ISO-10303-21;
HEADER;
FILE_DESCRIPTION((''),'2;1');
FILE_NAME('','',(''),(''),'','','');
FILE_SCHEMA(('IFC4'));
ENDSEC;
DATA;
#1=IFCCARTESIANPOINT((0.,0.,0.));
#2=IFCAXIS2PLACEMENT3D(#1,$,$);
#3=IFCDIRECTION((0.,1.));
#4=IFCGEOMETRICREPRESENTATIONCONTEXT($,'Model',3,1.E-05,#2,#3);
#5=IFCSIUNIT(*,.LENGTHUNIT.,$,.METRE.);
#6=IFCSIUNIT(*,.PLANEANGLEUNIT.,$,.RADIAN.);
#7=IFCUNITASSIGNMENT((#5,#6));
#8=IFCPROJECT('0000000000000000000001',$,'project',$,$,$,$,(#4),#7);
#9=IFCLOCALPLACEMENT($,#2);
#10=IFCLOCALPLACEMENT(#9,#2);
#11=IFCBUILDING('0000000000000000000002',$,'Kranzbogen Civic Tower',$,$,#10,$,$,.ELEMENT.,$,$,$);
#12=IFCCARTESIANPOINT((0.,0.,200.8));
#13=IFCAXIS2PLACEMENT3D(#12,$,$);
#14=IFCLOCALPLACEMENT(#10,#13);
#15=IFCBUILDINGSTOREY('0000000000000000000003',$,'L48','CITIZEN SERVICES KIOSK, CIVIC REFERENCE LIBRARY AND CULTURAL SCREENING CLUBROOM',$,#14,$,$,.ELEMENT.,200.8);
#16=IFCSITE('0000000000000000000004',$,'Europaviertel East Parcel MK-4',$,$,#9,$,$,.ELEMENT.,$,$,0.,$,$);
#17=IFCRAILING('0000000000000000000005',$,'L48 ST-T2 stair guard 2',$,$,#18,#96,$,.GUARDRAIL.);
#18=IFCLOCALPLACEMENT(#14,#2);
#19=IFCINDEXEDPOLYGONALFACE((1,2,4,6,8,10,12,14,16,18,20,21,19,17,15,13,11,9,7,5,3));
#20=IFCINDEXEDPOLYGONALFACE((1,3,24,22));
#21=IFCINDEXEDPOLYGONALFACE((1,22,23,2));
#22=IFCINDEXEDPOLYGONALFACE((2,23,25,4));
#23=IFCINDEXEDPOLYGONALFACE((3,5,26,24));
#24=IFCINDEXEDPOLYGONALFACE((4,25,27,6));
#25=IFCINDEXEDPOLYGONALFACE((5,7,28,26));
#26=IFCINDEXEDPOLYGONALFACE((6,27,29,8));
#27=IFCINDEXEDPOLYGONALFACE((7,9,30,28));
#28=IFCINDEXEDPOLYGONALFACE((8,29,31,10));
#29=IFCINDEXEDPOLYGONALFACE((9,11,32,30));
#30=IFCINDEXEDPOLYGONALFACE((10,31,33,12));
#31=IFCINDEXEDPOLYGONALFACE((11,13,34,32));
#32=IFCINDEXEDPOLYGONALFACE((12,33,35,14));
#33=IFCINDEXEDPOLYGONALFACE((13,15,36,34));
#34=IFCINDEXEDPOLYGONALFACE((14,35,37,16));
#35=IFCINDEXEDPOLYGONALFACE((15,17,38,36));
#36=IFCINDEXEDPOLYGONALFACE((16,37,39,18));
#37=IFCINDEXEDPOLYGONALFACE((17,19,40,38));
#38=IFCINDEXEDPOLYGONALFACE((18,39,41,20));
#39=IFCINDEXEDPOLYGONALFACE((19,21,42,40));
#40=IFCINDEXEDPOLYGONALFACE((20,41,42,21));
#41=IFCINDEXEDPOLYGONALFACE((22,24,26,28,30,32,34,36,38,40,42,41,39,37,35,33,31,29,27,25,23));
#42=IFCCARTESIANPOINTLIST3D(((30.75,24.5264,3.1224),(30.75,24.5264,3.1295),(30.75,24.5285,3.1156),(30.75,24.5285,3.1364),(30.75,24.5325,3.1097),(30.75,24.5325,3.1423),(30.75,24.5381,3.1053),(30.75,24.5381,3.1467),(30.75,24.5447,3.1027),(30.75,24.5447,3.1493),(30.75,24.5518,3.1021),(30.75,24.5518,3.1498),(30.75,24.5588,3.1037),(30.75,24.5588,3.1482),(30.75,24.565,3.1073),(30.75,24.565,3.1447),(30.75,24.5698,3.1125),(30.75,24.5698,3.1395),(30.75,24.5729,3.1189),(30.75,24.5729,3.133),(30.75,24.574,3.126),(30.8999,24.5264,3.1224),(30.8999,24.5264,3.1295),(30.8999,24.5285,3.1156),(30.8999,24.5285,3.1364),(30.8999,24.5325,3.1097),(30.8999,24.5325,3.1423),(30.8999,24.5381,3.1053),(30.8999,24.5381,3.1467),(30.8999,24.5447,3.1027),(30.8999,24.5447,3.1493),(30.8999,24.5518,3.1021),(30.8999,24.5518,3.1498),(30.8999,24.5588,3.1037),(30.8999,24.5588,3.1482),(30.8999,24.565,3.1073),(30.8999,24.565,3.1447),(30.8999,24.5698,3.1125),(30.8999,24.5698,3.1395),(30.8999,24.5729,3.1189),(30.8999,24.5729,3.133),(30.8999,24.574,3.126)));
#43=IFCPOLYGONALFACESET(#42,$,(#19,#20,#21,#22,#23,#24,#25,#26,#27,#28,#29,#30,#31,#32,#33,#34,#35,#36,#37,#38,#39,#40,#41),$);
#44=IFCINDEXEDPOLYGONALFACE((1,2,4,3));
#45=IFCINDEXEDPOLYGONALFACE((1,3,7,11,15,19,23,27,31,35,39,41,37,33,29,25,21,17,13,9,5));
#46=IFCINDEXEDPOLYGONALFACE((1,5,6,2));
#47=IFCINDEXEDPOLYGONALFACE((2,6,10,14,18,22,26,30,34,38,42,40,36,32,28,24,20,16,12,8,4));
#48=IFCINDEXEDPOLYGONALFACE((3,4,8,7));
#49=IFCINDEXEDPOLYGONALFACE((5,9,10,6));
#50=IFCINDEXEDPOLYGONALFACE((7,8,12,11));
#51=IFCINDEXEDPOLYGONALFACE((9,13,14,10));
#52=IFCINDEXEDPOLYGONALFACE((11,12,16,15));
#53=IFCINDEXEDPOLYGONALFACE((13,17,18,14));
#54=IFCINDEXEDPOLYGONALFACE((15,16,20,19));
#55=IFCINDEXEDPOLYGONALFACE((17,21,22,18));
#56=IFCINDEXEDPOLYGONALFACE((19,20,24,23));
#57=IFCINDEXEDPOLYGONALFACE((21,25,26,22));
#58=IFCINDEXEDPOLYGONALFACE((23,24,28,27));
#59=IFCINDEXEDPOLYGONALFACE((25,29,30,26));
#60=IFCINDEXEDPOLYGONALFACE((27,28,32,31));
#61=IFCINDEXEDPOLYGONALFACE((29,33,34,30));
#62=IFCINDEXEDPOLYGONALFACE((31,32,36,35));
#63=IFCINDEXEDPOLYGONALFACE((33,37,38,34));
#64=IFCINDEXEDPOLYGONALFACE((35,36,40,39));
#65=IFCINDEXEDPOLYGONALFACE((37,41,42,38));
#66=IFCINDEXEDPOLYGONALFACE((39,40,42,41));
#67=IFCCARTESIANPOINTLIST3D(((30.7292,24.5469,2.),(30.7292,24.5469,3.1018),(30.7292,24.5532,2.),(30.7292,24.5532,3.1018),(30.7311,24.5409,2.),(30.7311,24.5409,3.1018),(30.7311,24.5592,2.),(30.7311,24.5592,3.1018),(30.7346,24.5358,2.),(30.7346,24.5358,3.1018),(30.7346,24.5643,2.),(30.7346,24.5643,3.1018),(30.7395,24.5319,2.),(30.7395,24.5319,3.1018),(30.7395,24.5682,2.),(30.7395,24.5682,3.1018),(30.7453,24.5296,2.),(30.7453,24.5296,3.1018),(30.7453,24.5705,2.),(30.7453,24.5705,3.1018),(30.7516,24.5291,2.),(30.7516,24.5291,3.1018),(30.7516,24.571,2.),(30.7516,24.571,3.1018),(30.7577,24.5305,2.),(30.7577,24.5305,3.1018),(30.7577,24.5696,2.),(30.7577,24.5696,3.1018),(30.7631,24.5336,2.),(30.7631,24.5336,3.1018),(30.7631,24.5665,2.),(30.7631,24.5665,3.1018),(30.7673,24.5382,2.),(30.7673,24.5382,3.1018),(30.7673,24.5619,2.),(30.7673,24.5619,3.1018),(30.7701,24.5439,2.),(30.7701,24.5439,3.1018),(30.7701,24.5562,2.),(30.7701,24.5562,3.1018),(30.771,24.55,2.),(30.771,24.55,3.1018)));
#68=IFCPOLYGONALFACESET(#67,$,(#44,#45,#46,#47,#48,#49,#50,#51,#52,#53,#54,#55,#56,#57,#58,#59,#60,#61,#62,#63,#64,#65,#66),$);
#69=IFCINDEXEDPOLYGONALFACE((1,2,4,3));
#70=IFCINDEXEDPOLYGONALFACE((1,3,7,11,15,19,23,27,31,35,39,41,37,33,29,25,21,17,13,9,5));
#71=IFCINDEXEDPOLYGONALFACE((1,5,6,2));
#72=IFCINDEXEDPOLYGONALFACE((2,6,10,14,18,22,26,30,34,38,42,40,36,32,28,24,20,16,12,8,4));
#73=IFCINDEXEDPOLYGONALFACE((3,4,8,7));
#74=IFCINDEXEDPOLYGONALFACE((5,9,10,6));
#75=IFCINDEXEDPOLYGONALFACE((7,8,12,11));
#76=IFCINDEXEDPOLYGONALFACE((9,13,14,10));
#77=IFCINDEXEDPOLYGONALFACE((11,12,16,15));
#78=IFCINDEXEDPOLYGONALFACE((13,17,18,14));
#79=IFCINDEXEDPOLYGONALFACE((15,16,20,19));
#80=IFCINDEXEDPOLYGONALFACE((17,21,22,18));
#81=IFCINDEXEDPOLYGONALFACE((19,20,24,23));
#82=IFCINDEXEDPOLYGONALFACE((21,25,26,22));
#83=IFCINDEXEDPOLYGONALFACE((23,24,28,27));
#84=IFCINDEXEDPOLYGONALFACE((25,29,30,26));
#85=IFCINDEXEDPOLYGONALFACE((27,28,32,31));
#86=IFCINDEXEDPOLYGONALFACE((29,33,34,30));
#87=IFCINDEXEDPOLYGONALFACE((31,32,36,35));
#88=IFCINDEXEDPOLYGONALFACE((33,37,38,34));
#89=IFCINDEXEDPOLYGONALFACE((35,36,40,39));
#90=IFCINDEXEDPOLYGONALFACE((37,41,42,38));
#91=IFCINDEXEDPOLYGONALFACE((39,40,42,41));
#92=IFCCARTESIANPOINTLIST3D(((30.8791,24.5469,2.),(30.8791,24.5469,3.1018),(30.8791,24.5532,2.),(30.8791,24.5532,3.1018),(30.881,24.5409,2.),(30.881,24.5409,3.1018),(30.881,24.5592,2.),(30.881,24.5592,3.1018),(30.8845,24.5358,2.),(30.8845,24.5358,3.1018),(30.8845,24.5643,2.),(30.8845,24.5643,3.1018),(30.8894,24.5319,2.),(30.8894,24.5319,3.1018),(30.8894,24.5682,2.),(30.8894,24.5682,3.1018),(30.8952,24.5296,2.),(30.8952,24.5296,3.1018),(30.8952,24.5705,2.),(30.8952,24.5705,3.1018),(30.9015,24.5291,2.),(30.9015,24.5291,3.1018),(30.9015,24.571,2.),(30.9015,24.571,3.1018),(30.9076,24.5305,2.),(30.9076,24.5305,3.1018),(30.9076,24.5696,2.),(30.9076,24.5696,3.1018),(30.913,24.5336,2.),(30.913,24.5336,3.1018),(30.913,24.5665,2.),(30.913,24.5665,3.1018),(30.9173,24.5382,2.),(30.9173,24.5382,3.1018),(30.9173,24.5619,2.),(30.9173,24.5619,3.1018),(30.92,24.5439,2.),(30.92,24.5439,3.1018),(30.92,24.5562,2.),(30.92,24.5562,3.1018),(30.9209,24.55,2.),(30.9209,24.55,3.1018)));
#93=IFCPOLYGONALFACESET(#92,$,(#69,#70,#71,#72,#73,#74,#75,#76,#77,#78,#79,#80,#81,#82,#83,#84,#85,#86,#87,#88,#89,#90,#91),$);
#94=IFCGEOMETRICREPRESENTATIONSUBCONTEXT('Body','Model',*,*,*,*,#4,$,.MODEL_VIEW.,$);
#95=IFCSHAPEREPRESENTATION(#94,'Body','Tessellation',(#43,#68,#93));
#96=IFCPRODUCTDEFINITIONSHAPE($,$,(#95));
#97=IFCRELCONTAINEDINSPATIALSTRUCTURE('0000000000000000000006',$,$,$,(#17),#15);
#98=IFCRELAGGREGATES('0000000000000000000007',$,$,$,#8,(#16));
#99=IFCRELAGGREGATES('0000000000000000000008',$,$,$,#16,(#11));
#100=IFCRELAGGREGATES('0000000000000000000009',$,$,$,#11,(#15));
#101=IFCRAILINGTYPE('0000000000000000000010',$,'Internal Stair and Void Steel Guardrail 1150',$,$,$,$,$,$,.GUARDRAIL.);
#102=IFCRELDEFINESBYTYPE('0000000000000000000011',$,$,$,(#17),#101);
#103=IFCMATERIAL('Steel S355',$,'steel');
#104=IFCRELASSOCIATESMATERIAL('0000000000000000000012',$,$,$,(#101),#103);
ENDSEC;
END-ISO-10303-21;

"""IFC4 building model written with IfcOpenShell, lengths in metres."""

from ifc_helpers import new_model, si_unit, direction, frame, origin, origin_2d, place, context, subcontext, project, spatial, circle, extrude, material, type_object, element, save


model = new_model("IFC4")

# Units and contexts
model_context = context("Model", 3, precision=1e-05, world=origin(), true_north=direction((0.0, 1.0)))
body_context = subcontext(model_context, "Body", "Model", "MODEL_VIEW")
ifc_project = project(units=[si_unit("LENGTHUNIT", "METRE"), si_unit("PLANEANGLEUNIT", "RADIAN")], contexts=[model_context])

# Site, building, storey
site_placement = place(None, origin())
site = spatial("IfcSite", under=ifc_project, at=site_placement, Name="Europaviertel East Parcel MK-4", CompositionType="ELEMENT", RefElevation=0.0)
building_placement = place(site_placement, origin())
building = spatial("IfcBuilding", under=site, at=building_placement, Name="Kranzbogen Civic Tower", CompositionType="ELEMENT")
storey_placement = place(building_placement, frame((0.0, 0.0, 200.8)))
storey = spatial("IfcBuildingStorey", under=building, at=storey_placement, Name="L48", Description="CITIZEN SERVICES KIOSK, CIVIC REFERENCE LIBRARY AND CULTURAL SCREENING CLUBROOM", CompositionType="ELEMENT", Elevation=200.8)

# Shared definitions
ifc_material_1 = material(Name="Steel S355", Category="steel")

# Railing
railing_type_1 = type_object("IfcRailingType", Name="Internal Stair and Void Steel Guardrail 1150", PredefinedType="GUARDRAIL", material=ifc_material_1)
railing_1_placement = place(storey_placement, frame((30.75, 24.55, 2.0)))
element("IfcRailing", 1, at=railing_1_placement, inside=storey, type_object=railing_type_1, Name="L48 ST-T2 stair guard 2", PredefinedType="GUARDRAIL", context=body_context, shape_type="SweptSolid", body=[
    extrude(circle(Radius=0.0239, at=origin_2d()), frame((0.0, 0.0, 1.126), z_axis=(1.0, 0.0, 0.0), x_axis=(0.0, 1.0, 0.0)), (0.0, 0.0, 1.0), 0.1499),
    extrude(circle(Radius=0.021, at=origin_2d()), origin(), (0.0, 0.0, 1.0), 1.1018),
    extrude(circle(Radius=0.021, at=origin_2d()), frame((0.1499, 0.0, 0.0)), (0.0, 0.0, 1.0), 1.1018),
])

save(model, "model.ifc")
